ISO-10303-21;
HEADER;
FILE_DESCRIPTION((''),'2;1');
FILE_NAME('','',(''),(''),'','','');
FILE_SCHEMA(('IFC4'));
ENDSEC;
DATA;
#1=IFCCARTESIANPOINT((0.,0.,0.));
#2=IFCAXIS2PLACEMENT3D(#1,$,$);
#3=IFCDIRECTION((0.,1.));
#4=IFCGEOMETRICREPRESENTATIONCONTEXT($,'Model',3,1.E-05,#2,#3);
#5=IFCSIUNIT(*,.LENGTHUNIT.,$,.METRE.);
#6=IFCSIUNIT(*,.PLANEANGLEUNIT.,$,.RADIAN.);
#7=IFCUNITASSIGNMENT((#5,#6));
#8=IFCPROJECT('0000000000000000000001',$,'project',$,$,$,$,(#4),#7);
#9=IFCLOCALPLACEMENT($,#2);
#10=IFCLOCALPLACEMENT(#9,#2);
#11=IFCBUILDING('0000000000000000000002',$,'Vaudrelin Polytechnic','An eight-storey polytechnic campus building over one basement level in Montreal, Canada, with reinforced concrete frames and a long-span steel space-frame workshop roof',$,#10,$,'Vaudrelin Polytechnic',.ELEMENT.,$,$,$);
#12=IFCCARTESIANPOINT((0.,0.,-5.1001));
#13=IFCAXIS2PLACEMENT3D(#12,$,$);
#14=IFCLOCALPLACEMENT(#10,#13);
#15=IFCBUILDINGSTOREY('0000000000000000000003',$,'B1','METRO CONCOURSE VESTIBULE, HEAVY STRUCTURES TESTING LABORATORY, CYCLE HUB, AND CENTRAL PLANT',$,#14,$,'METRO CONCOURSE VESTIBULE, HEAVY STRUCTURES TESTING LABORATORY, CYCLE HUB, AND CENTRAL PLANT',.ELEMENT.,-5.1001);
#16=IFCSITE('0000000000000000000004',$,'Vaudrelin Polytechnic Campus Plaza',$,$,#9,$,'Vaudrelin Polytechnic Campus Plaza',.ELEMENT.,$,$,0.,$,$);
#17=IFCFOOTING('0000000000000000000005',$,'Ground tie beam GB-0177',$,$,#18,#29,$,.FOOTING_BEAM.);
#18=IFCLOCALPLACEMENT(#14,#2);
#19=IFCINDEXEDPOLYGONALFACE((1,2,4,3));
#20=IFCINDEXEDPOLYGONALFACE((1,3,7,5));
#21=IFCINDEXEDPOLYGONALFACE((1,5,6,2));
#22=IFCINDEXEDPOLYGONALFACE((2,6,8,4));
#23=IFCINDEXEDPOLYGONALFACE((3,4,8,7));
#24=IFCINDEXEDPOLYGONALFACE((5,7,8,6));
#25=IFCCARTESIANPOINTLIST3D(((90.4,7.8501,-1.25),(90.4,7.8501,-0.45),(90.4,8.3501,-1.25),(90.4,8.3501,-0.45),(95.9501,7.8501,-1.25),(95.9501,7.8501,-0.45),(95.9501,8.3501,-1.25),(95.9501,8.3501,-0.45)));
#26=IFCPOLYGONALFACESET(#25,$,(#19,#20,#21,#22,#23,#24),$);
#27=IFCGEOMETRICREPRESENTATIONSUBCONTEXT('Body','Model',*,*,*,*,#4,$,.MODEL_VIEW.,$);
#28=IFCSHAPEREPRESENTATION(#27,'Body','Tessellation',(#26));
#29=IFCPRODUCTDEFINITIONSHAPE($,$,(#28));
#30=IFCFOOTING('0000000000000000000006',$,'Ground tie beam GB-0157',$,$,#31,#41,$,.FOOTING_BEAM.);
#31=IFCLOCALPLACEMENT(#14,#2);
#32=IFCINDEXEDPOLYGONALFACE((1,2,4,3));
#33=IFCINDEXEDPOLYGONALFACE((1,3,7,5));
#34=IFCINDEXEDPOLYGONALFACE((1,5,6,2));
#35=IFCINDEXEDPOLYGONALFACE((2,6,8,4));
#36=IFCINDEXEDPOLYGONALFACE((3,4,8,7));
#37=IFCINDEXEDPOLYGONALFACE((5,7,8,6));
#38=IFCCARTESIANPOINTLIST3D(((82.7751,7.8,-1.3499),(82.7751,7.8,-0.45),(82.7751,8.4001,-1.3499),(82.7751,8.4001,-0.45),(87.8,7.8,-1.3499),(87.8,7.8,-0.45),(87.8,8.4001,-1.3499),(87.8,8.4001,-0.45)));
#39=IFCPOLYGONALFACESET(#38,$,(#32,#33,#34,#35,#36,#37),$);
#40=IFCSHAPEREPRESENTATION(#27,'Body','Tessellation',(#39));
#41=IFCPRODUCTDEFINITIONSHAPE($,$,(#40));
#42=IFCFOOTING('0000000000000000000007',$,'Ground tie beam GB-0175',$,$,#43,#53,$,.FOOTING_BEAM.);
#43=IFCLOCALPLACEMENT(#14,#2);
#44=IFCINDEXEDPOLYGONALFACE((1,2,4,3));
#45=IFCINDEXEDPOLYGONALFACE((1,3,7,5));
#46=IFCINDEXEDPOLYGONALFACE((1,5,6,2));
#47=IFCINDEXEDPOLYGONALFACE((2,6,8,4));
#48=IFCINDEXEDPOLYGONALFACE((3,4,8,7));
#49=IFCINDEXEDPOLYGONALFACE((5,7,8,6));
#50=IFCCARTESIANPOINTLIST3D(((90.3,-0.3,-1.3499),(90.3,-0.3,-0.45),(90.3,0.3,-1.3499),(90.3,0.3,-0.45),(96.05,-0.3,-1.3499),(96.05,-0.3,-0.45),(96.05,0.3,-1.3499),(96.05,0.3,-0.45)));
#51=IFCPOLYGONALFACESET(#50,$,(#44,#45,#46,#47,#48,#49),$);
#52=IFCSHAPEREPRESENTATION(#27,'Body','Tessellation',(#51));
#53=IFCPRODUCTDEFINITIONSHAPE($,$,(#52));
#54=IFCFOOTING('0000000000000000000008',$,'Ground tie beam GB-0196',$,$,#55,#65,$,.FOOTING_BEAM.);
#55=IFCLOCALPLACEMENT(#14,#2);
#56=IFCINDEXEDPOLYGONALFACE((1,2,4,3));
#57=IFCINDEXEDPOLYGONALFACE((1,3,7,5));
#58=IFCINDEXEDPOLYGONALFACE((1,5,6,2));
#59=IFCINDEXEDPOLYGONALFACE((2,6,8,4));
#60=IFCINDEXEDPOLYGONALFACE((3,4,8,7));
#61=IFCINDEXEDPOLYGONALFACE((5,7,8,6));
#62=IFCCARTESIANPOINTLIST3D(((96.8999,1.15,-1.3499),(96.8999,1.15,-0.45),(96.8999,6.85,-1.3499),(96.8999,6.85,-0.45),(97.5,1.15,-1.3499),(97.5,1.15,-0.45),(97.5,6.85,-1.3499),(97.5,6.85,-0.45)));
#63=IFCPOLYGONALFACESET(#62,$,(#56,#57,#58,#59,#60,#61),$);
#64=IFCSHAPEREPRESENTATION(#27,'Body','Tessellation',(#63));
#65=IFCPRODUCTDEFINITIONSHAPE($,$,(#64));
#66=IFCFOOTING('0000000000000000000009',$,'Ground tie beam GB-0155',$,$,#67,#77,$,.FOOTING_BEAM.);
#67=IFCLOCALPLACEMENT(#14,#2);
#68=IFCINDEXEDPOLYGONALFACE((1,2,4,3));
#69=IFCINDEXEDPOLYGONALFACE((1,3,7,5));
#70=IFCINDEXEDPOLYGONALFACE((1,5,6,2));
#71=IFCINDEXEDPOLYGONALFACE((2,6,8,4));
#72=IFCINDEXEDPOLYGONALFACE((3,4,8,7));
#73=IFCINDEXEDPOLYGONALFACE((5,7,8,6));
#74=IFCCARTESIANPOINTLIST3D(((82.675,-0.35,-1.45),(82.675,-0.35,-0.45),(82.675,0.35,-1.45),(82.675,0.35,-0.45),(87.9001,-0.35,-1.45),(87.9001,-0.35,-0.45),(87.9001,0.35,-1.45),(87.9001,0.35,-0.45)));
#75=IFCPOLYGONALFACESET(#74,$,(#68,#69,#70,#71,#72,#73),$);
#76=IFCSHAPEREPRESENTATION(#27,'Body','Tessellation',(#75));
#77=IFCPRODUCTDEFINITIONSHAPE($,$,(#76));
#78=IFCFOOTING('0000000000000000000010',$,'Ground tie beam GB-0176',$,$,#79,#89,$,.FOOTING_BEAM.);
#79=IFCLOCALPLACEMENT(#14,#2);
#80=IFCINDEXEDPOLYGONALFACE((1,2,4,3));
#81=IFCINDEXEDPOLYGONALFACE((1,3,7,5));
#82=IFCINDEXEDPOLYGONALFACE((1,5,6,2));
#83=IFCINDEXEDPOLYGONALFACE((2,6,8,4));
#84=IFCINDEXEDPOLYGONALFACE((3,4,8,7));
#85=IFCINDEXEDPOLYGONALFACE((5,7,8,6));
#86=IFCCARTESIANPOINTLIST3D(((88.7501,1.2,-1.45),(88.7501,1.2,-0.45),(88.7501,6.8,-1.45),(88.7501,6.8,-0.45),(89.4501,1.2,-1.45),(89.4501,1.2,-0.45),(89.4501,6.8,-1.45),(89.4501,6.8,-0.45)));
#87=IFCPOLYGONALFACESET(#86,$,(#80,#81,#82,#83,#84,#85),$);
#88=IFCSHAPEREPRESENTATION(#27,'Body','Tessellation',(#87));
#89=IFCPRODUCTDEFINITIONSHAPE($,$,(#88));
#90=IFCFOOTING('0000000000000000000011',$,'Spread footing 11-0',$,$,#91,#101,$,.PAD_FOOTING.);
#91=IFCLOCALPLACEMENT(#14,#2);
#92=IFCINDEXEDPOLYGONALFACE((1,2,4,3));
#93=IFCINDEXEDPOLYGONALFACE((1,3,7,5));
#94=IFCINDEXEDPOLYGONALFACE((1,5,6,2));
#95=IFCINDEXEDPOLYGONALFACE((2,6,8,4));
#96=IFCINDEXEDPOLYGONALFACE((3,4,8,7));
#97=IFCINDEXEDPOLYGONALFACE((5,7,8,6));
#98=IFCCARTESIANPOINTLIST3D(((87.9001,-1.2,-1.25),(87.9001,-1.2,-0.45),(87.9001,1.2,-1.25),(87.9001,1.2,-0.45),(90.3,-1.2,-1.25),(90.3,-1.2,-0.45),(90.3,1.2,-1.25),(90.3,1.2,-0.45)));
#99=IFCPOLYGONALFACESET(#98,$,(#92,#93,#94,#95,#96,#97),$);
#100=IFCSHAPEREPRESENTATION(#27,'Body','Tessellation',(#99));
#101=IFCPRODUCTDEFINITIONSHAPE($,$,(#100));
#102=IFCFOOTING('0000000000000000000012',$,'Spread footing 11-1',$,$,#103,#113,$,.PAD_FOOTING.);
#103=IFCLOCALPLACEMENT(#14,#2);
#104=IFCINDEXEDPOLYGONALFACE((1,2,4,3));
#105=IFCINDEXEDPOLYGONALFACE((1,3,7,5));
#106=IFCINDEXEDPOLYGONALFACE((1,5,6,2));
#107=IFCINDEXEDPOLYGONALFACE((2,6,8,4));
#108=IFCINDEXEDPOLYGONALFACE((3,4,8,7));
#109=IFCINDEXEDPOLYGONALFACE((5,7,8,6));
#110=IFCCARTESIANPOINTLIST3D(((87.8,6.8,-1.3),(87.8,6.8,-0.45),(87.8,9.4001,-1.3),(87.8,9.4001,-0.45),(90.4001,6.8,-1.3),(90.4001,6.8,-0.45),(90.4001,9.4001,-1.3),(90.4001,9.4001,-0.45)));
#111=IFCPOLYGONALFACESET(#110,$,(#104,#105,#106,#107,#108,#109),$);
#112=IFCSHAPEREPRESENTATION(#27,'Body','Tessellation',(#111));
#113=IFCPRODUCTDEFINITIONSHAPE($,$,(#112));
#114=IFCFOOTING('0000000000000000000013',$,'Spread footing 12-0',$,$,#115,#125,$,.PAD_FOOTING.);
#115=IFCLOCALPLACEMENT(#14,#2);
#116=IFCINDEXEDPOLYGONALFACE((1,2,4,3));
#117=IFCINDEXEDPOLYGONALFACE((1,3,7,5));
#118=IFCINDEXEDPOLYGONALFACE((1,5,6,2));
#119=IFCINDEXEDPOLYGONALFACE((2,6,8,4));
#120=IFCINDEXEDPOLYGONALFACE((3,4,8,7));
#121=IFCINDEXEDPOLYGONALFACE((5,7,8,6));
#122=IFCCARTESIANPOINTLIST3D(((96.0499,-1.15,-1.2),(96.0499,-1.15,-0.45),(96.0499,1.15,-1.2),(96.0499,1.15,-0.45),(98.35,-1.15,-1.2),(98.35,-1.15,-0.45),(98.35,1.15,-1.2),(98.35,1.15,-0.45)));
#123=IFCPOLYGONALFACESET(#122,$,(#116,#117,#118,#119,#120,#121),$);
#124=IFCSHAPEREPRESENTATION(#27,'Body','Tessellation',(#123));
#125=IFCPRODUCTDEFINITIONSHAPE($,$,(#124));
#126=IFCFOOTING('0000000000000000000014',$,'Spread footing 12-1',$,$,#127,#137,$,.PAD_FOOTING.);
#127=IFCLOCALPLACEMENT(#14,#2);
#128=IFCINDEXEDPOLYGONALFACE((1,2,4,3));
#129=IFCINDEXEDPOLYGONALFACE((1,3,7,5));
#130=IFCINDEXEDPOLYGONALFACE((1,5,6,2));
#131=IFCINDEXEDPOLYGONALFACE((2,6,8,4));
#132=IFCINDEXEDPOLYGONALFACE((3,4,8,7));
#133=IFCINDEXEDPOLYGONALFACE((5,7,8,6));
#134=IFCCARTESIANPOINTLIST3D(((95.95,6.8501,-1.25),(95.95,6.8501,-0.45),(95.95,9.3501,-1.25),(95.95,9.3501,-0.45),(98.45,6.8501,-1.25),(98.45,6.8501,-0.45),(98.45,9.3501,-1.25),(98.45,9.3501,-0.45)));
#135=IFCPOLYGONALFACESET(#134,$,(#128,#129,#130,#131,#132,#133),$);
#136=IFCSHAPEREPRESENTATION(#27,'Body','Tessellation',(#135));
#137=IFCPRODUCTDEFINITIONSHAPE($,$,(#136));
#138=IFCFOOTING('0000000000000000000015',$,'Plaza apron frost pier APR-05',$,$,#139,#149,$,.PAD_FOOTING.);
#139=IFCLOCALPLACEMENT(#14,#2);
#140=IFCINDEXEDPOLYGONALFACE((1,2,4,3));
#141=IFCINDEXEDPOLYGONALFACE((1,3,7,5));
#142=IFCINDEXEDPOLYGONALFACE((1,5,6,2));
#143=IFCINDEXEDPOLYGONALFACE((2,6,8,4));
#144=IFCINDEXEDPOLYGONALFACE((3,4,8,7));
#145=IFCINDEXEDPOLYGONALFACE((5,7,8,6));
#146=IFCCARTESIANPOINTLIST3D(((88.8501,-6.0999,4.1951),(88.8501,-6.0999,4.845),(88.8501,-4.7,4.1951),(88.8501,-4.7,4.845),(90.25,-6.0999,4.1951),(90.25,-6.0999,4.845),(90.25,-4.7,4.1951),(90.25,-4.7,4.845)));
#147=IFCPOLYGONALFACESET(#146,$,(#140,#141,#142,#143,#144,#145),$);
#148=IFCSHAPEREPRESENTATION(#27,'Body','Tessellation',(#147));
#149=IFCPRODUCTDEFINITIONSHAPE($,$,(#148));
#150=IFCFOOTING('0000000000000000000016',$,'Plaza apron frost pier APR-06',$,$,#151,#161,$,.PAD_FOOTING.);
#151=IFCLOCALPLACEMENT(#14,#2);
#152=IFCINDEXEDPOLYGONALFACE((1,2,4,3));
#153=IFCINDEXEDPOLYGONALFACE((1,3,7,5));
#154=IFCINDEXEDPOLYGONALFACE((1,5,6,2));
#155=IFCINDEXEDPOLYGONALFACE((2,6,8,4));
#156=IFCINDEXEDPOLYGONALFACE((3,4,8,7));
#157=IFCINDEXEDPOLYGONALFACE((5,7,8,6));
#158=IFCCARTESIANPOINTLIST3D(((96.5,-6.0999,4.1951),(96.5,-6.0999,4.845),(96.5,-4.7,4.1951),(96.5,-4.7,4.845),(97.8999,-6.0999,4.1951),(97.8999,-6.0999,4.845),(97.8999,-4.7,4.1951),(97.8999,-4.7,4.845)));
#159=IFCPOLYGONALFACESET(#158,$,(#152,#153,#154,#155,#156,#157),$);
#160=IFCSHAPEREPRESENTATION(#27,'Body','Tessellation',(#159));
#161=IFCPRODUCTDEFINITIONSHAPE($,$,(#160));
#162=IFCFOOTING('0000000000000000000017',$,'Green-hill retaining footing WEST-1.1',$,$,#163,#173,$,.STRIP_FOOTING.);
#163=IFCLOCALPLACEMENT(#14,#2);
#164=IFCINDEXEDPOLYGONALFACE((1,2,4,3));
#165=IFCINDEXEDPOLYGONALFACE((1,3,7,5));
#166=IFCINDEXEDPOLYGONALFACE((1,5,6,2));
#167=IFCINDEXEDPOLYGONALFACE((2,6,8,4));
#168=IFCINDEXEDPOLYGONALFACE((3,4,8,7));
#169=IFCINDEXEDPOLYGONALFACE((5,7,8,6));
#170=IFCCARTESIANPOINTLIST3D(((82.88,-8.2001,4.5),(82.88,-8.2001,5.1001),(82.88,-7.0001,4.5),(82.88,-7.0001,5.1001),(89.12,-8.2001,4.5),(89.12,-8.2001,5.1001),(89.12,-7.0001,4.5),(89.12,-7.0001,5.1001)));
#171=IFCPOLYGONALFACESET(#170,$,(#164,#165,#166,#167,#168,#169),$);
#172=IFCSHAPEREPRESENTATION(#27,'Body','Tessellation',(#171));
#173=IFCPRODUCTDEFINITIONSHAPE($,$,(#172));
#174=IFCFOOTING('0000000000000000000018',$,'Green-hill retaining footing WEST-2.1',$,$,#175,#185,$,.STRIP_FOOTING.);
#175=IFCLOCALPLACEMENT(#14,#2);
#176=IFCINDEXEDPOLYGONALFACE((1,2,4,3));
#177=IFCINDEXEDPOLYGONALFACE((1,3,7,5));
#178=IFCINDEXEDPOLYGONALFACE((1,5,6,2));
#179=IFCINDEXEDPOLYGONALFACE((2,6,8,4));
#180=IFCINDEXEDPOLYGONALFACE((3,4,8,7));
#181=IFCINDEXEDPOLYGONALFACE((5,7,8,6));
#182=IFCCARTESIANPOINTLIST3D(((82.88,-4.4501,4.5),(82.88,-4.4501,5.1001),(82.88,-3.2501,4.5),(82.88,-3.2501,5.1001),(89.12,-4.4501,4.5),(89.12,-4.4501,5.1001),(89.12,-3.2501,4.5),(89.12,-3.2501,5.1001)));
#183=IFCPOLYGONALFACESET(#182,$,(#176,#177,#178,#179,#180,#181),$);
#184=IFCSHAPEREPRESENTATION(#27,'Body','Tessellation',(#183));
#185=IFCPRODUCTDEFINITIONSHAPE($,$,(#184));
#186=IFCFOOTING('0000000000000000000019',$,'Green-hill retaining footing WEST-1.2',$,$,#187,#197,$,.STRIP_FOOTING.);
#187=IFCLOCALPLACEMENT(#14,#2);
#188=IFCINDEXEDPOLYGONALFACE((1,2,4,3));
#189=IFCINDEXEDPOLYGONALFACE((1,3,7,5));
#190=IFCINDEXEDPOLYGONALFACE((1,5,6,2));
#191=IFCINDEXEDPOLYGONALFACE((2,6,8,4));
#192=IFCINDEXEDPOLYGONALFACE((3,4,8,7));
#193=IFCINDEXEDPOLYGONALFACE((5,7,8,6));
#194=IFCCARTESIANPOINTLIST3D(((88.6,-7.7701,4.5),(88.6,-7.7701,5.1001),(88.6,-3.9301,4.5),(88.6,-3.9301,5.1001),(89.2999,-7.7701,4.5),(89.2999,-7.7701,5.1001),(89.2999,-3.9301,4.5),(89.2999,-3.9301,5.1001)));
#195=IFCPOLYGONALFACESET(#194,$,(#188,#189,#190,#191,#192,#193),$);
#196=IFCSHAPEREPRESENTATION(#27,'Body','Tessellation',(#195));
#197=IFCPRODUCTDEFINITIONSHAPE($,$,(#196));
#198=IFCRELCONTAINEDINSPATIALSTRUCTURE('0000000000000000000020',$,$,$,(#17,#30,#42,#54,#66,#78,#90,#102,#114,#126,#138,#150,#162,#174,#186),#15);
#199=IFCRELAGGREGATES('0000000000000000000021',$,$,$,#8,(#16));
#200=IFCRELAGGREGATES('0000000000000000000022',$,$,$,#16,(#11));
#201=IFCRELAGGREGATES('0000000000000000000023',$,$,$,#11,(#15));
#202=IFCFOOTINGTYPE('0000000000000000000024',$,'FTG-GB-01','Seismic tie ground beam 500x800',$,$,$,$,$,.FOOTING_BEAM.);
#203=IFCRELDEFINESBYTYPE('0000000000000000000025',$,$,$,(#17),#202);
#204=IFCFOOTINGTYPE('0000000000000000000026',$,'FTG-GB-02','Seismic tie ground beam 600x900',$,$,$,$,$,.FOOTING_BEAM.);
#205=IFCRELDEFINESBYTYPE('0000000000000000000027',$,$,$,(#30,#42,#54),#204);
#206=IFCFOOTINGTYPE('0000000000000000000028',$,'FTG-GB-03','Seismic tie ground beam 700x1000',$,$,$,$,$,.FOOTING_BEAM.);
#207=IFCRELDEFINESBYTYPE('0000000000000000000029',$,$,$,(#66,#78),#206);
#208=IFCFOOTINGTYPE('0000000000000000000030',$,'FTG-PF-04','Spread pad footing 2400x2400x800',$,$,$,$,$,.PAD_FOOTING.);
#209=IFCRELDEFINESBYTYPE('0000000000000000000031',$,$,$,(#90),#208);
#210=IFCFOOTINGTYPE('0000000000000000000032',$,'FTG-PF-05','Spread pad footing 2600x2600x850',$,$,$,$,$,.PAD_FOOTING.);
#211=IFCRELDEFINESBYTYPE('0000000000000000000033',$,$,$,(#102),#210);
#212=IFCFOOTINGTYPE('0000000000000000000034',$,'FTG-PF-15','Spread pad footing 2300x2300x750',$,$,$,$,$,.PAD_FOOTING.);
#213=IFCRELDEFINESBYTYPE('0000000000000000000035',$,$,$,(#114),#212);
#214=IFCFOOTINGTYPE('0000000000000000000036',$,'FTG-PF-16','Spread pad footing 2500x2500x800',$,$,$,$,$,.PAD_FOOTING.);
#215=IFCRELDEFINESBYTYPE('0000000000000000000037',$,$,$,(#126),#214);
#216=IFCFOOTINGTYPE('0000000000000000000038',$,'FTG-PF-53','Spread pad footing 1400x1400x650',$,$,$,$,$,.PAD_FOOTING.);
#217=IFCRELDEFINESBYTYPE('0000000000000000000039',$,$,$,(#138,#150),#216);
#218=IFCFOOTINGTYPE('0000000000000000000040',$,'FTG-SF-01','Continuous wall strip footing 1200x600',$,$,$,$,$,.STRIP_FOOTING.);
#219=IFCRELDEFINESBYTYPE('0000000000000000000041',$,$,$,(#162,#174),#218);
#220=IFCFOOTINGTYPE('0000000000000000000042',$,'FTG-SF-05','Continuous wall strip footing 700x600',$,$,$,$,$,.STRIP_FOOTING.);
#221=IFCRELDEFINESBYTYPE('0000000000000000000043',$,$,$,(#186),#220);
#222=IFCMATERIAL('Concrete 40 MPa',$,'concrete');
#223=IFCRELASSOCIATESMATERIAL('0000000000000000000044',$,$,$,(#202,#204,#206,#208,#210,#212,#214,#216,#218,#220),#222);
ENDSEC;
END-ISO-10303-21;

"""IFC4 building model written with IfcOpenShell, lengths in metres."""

from ifc_helpers import new_model, si_unit, direction, frame, origin, origin_2d, place, context, subcontext, project, spatial, rectangle, extrude, material, type_object, element, save


model = new_model("IFC4")

# Units and contexts
model_context = context("Model", 3, precision=1e-05, world=origin(), true_north=direction((0.0, 1.0)))
body_context = subcontext(model_context, "Body", "Model", "MODEL_VIEW")
ifc_project = project(units=[si_unit("LENGTHUNIT", "METRE"), si_unit("PLANEANGLEUNIT", "RADIAN")], contexts=[model_context])

# Site, building, storey
site_placement = place(None, origin())
site = spatial("IfcSite", under=ifc_project, at=site_placement, Name="Vaudrelin Polytechnic Campus Plaza", LongName="Vaudrelin Polytechnic Campus Plaza", CompositionType="ELEMENT", RefElevation=0.0)
building_placement = place(site_placement, origin())
building = spatial("IfcBuilding", under=site, at=building_placement, Name="Vaudrelin Polytechnic", Description="An eight-storey polytechnic campus building over one basement level in Montreal, Canada, with reinforced concrete frames and a long-span steel space-frame workshop roof", LongName="Vaudrelin Polytechnic", CompositionType="ELEMENT")
storey_placement = place(building_placement, frame((0.0, 0.0, -5.1001)))
storey = spatial("IfcBuildingStorey", under=building, at=storey_placement, Name="B1", Description="METRO CONCOURSE VESTIBULE, HEAVY STRUCTURES TESTING LABORATORY, CYCLE HUB, AND CENTRAL PLANT", LongName="METRO CONCOURSE VESTIBULE, HEAVY STRUCTURES TESTING LABORATORY, CYCLE HUB, AND CENTRAL PLANT", CompositionType="ELEMENT", Elevation=-5.1001)

# Footings
ifc_material_1 = material(Name="Concrete 40 MPa", Category="concrete")
footing_type_1 = type_object("IfcFootingType", Name="FTG-GB-01", Description="Seismic tie ground beam 500x800", PredefinedType="FOOTING_BEAM", material=ifc_material_1)
footing_1_placement = place(storey_placement, frame((93.175, 8.1001, -1.25), z_axis=(0.0, 0.0, 1.0), x_axis=(1.0, 0.0, 0.0)))
element("IfcFooting", 1, at=footing_1_placement, inside=storey, type_object=footing_type_1, Name="Ground tie beam GB-0177", PredefinedType="FOOTING_BEAM", context=body_context, shape_type="SweptSolid", body=[
    extrude(rectangle(XDim=5.55, YDim=0.5, at=origin_2d()), origin(), (0.0, 0.0, 1.0), 0.8),
])
footing_type_2 = type_object("IfcFootingType", Name="FTG-GB-02", Description="Seismic tie ground beam 600x900", PredefinedType="FOOTING_BEAM", material=ifc_material_1)
footing_2_placement = place(storey_placement, frame((85.2876, 8.1001, -1.3499), z_axis=(0.0, 0.0, 1.0), x_axis=(1.0, 0.0, 0.0)))
element("IfcFooting", 2, at=footing_2_placement, inside=storey, type_object=footing_type_2, Name="Ground tie beam GB-0157", PredefinedType="FOOTING_BEAM", context=body_context, shape_type="SweptSolid", body=[
    extrude(rectangle(XDim=5.0249, YDim=0.6001, at=origin_2d()), origin(), (0.0, 0.0, 1.0), 0.8999),
])
footing_3_placement = place(storey_placement, frame((93.175, 0.0, -1.3499), z_axis=(0.0, 0.0, 1.0), x_axis=(1.0, 0.0, 0.0)))
element("IfcFooting", 3, at=footing_3_placement, inside=storey, type_object=footing_type_2, Name="Ground tie beam GB-0175", PredefinedType="FOOTING_BEAM", context=body_context, shape_type="SweptSolid", body=[
    extrude(rectangle(XDim=5.75, YDim=0.6001, at=origin_2d()), origin(), (0.0, 0.0, 1.0), 0.8999),
])
footing_4_placement = place(storey_placement, frame((97.2, 4.0, -1.3499), z_axis=(0.0, 0.0, 1.0), x_axis=(1.0, 0.0, 0.0)))
element("IfcFooting", 4, at=footing_4_placement, inside=storey, type_object=footing_type_2, Name="Ground tie beam GB-0196", PredefinedType="FOOTING_BEAM", context=body_context, shape_type="SweptSolid", body=[
    extrude(rectangle(XDim=0.6001, YDim=5.7, at=origin_2d()), origin(), (0.0, 0.0, 1.0), 0.8999),
])
footing_type_3 = type_object("IfcFootingType", Name="FTG-GB-03", Description="Seismic tie ground beam 700x1000", PredefinedType="FOOTING_BEAM", material=ifc_material_1)
footing_5_placement = place(storey_placement, frame((85.2876, 0.0, -1.45), z_axis=(0.0, 0.0, 1.0), x_axis=(1.0, 0.0, 0.0)))
element("IfcFooting", 5, at=footing_5_placement, inside=storey, type_object=footing_type_3, Name="Ground tie beam GB-0155", PredefinedType="FOOTING_BEAM", context=body_context, shape_type="SweptSolid", body=[
    extrude(rectangle(XDim=5.2251, YDim=0.7, at=origin_2d()), origin(), (0.0, 0.0, 1.0), 1.0),
])
footing_6_placement = place(storey_placement, frame((89.1001, 4.0, -1.45), z_axis=(0.0, 0.0, 1.0), x_axis=(1.0, 0.0, 0.0)))
element("IfcFooting", 6, at=footing_6_placement, inside=storey, type_object=footing_type_3, Name="Ground tie beam GB-0176", PredefinedType="FOOTING_BEAM", context=body_context, shape_type="SweptSolid", body=[
    extrude(rectangle(XDim=0.7, YDim=5.6001, at=origin_2d()), origin(), (0.0, 0.0, 1.0), 1.0),
])
footing_type_4 = type_object("IfcFootingType", Name="FTG-PF-04", Description="Spread pad footing 2400x2400x800", PredefinedType="PAD_FOOTING", material=ifc_material_1)
footing_7_placement = place(storey_placement, frame((89.1001, 0.0, -1.25), z_axis=(0.0, 0.0, 1.0), x_axis=(1.0, 0.0, 0.0)))
element("IfcFooting", 7, at=footing_7_placement, inside=storey, type_object=footing_type_4, Name="Spread footing 11-0", PredefinedType="PAD_FOOTING", context=body_context, shape_type="SweptSolid", body=[
    extrude(rectangle(XDim=2.3999, YDim=2.3999, at=origin_2d()), origin(), (0.0, 0.0, 1.0), 0.8),
])
footing_type_5 = type_object("IfcFootingType", Name="FTG-PF-05", Description="Spread pad footing 2600x2600x850", PredefinedType="PAD_FOOTING", material=ifc_material_1)
footing_8_placement = place(storey_placement, frame((89.1001, 8.1001, -1.3), z_axis=(0.0, 0.0, 1.0), x_axis=(1.0, 0.0, 0.0)))
element("IfcFooting", 8, at=footing_8_placement, inside=storey, type_object=footing_type_5, Name="Spread footing 11-1", PredefinedType="PAD_FOOTING", context=body_context, shape_type="SweptSolid", body=[
    extrude(rectangle(XDim=2.6001, YDim=2.6001, at=origin_2d()), origin(), (0.0, 0.0, 1.0), 0.8501),
])
footing_type_6 = type_object("IfcFootingType", Name="FTG-PF-15", Description="Spread pad footing 2300x2300x750", PredefinedType="PAD_FOOTING", material=ifc_material_1)
footing_9_placement = place(storey_placement, frame((97.2, 0.0, -1.2), z_axis=(0.0, 0.0, 1.0), x_axis=(1.0, 0.0, 0.0)))
element("IfcFooting", 9, at=footing_9_placement, inside=storey, type_object=footing_type_6, Name="Spread footing 12-0", PredefinedType="PAD_FOOTING", context=body_context, shape_type="SweptSolid", body=[
    extrude(rectangle(XDim=2.3, YDim=2.3, at=origin_2d()), origin(), (0.0, 0.0, 1.0), 0.75),
])
footing_type_7 = type_object("IfcFootingType", Name="FTG-PF-16", Description="Spread pad footing 2500x2500x800", PredefinedType="PAD_FOOTING", material=ifc_material_1)
footing_10_placement = place(storey_placement, frame((97.2, 8.1001, -1.25), z_axis=(0.0, 0.0, 1.0), x_axis=(1.0, 0.0, 0.0)))
element("IfcFooting", 10, at=footing_10_placement, inside=storey, type_object=footing_type_7, Name="Spread footing 12-1", PredefinedType="PAD_FOOTING", context=body_context, shape_type="SweptSolid", body=[
    extrude(rectangle(XDim=2.5, YDim=2.5, at=origin_2d()), origin(), (0.0, 0.0, 1.0), 0.8),
])
footing_type_8 = type_object("IfcFootingType", Name="FTG-PF-53", Description="Spread pad footing 1400x1400x650", PredefinedType="PAD_FOOTING", material=ifc_material_1)
for number, where, z_axis, x_axis, name in (
    (11, (89.55, -5.3999, 4.1951), (0.0, 0.0, 1.0), (1.0, 0.0, 0.0), "Plaza apron frost pier APR-05"),
    (12, (97.2, -5.3999, 4.1951), (0.0, 0.0, 1.0), (1.0, 0.0, 0.0), "Plaza apron frost pier APR-06"),
):
    element("IfcFooting", number, at=place(storey_placement, frame(where, z_axis=z_axis, x_axis=x_axis)), inside=storey, type_object=footing_type_8, Name=name, PredefinedType="PAD_FOOTING", context=body_context, shape_type="SweptSolid", body=[
        extrude(rectangle(XDim=1.3999, YDim=1.3999, at=origin_2d()), origin(), (0.0, 0.0, 1.0), 0.6499),
    ])
footing_type_9 = type_object("IfcFootingType", Name="FTG-SF-01", Description="Continuous wall strip footing 1200x600", PredefinedType="STRIP_FOOTING", material=ifc_material_1)
for number, where, z_axis, x_axis, name in (
    (13, (86.0, -7.6001, 4.5), (0.0, 0.0, 1.0), (1.0, 0.0, 0.0), "Green-hill retaining footing WEST-1.1"),
    (14, (86.0, -3.8501, 4.5), (0.0, 0.0, 1.0), (1.0, 0.0, 0.0), "Green-hill retaining footing WEST-2.1"),
):
    element("IfcFooting", number, at=place(storey_placement, frame(where, z_axis=z_axis, x_axis=x_axis)), inside=storey, type_object=footing_type_9, Name=name, PredefinedType="STRIP_FOOTING", context=body_context, shape_type="SweptSolid", body=[
        extrude(rectangle(XDim=6.24, YDim=1.2, at=origin_2d()), origin(), (0.0, 0.0, 1.0), 0.6001),
    ])
footing_type_10 = type_object("IfcFootingType", Name="FTG-SF-05", Description="Continuous wall strip footing 700x600", PredefinedType="STRIP_FOOTING", material=ifc_material_1)
footing_11_placement = place(storey_placement, frame((88.95, -5.8501, 4.5), z_axis=(0.0, 0.0, 1.0), x_axis=(1.0, 0.0, 0.0)))
element("IfcFooting", 15, at=footing_11_placement, inside=storey, type_object=footing_type_10, Name="Green-hill retaining footing WEST-1.2", PredefinedType="STRIP_FOOTING", context=body_context, shape_type="SweptSolid", body=[
    extrude(rectangle(XDim=0.7, YDim=3.8401, at=origin_2d()), origin(), (0.0, 0.0, 1.0), 0.6001),
])

save(model, "model.ifc")
